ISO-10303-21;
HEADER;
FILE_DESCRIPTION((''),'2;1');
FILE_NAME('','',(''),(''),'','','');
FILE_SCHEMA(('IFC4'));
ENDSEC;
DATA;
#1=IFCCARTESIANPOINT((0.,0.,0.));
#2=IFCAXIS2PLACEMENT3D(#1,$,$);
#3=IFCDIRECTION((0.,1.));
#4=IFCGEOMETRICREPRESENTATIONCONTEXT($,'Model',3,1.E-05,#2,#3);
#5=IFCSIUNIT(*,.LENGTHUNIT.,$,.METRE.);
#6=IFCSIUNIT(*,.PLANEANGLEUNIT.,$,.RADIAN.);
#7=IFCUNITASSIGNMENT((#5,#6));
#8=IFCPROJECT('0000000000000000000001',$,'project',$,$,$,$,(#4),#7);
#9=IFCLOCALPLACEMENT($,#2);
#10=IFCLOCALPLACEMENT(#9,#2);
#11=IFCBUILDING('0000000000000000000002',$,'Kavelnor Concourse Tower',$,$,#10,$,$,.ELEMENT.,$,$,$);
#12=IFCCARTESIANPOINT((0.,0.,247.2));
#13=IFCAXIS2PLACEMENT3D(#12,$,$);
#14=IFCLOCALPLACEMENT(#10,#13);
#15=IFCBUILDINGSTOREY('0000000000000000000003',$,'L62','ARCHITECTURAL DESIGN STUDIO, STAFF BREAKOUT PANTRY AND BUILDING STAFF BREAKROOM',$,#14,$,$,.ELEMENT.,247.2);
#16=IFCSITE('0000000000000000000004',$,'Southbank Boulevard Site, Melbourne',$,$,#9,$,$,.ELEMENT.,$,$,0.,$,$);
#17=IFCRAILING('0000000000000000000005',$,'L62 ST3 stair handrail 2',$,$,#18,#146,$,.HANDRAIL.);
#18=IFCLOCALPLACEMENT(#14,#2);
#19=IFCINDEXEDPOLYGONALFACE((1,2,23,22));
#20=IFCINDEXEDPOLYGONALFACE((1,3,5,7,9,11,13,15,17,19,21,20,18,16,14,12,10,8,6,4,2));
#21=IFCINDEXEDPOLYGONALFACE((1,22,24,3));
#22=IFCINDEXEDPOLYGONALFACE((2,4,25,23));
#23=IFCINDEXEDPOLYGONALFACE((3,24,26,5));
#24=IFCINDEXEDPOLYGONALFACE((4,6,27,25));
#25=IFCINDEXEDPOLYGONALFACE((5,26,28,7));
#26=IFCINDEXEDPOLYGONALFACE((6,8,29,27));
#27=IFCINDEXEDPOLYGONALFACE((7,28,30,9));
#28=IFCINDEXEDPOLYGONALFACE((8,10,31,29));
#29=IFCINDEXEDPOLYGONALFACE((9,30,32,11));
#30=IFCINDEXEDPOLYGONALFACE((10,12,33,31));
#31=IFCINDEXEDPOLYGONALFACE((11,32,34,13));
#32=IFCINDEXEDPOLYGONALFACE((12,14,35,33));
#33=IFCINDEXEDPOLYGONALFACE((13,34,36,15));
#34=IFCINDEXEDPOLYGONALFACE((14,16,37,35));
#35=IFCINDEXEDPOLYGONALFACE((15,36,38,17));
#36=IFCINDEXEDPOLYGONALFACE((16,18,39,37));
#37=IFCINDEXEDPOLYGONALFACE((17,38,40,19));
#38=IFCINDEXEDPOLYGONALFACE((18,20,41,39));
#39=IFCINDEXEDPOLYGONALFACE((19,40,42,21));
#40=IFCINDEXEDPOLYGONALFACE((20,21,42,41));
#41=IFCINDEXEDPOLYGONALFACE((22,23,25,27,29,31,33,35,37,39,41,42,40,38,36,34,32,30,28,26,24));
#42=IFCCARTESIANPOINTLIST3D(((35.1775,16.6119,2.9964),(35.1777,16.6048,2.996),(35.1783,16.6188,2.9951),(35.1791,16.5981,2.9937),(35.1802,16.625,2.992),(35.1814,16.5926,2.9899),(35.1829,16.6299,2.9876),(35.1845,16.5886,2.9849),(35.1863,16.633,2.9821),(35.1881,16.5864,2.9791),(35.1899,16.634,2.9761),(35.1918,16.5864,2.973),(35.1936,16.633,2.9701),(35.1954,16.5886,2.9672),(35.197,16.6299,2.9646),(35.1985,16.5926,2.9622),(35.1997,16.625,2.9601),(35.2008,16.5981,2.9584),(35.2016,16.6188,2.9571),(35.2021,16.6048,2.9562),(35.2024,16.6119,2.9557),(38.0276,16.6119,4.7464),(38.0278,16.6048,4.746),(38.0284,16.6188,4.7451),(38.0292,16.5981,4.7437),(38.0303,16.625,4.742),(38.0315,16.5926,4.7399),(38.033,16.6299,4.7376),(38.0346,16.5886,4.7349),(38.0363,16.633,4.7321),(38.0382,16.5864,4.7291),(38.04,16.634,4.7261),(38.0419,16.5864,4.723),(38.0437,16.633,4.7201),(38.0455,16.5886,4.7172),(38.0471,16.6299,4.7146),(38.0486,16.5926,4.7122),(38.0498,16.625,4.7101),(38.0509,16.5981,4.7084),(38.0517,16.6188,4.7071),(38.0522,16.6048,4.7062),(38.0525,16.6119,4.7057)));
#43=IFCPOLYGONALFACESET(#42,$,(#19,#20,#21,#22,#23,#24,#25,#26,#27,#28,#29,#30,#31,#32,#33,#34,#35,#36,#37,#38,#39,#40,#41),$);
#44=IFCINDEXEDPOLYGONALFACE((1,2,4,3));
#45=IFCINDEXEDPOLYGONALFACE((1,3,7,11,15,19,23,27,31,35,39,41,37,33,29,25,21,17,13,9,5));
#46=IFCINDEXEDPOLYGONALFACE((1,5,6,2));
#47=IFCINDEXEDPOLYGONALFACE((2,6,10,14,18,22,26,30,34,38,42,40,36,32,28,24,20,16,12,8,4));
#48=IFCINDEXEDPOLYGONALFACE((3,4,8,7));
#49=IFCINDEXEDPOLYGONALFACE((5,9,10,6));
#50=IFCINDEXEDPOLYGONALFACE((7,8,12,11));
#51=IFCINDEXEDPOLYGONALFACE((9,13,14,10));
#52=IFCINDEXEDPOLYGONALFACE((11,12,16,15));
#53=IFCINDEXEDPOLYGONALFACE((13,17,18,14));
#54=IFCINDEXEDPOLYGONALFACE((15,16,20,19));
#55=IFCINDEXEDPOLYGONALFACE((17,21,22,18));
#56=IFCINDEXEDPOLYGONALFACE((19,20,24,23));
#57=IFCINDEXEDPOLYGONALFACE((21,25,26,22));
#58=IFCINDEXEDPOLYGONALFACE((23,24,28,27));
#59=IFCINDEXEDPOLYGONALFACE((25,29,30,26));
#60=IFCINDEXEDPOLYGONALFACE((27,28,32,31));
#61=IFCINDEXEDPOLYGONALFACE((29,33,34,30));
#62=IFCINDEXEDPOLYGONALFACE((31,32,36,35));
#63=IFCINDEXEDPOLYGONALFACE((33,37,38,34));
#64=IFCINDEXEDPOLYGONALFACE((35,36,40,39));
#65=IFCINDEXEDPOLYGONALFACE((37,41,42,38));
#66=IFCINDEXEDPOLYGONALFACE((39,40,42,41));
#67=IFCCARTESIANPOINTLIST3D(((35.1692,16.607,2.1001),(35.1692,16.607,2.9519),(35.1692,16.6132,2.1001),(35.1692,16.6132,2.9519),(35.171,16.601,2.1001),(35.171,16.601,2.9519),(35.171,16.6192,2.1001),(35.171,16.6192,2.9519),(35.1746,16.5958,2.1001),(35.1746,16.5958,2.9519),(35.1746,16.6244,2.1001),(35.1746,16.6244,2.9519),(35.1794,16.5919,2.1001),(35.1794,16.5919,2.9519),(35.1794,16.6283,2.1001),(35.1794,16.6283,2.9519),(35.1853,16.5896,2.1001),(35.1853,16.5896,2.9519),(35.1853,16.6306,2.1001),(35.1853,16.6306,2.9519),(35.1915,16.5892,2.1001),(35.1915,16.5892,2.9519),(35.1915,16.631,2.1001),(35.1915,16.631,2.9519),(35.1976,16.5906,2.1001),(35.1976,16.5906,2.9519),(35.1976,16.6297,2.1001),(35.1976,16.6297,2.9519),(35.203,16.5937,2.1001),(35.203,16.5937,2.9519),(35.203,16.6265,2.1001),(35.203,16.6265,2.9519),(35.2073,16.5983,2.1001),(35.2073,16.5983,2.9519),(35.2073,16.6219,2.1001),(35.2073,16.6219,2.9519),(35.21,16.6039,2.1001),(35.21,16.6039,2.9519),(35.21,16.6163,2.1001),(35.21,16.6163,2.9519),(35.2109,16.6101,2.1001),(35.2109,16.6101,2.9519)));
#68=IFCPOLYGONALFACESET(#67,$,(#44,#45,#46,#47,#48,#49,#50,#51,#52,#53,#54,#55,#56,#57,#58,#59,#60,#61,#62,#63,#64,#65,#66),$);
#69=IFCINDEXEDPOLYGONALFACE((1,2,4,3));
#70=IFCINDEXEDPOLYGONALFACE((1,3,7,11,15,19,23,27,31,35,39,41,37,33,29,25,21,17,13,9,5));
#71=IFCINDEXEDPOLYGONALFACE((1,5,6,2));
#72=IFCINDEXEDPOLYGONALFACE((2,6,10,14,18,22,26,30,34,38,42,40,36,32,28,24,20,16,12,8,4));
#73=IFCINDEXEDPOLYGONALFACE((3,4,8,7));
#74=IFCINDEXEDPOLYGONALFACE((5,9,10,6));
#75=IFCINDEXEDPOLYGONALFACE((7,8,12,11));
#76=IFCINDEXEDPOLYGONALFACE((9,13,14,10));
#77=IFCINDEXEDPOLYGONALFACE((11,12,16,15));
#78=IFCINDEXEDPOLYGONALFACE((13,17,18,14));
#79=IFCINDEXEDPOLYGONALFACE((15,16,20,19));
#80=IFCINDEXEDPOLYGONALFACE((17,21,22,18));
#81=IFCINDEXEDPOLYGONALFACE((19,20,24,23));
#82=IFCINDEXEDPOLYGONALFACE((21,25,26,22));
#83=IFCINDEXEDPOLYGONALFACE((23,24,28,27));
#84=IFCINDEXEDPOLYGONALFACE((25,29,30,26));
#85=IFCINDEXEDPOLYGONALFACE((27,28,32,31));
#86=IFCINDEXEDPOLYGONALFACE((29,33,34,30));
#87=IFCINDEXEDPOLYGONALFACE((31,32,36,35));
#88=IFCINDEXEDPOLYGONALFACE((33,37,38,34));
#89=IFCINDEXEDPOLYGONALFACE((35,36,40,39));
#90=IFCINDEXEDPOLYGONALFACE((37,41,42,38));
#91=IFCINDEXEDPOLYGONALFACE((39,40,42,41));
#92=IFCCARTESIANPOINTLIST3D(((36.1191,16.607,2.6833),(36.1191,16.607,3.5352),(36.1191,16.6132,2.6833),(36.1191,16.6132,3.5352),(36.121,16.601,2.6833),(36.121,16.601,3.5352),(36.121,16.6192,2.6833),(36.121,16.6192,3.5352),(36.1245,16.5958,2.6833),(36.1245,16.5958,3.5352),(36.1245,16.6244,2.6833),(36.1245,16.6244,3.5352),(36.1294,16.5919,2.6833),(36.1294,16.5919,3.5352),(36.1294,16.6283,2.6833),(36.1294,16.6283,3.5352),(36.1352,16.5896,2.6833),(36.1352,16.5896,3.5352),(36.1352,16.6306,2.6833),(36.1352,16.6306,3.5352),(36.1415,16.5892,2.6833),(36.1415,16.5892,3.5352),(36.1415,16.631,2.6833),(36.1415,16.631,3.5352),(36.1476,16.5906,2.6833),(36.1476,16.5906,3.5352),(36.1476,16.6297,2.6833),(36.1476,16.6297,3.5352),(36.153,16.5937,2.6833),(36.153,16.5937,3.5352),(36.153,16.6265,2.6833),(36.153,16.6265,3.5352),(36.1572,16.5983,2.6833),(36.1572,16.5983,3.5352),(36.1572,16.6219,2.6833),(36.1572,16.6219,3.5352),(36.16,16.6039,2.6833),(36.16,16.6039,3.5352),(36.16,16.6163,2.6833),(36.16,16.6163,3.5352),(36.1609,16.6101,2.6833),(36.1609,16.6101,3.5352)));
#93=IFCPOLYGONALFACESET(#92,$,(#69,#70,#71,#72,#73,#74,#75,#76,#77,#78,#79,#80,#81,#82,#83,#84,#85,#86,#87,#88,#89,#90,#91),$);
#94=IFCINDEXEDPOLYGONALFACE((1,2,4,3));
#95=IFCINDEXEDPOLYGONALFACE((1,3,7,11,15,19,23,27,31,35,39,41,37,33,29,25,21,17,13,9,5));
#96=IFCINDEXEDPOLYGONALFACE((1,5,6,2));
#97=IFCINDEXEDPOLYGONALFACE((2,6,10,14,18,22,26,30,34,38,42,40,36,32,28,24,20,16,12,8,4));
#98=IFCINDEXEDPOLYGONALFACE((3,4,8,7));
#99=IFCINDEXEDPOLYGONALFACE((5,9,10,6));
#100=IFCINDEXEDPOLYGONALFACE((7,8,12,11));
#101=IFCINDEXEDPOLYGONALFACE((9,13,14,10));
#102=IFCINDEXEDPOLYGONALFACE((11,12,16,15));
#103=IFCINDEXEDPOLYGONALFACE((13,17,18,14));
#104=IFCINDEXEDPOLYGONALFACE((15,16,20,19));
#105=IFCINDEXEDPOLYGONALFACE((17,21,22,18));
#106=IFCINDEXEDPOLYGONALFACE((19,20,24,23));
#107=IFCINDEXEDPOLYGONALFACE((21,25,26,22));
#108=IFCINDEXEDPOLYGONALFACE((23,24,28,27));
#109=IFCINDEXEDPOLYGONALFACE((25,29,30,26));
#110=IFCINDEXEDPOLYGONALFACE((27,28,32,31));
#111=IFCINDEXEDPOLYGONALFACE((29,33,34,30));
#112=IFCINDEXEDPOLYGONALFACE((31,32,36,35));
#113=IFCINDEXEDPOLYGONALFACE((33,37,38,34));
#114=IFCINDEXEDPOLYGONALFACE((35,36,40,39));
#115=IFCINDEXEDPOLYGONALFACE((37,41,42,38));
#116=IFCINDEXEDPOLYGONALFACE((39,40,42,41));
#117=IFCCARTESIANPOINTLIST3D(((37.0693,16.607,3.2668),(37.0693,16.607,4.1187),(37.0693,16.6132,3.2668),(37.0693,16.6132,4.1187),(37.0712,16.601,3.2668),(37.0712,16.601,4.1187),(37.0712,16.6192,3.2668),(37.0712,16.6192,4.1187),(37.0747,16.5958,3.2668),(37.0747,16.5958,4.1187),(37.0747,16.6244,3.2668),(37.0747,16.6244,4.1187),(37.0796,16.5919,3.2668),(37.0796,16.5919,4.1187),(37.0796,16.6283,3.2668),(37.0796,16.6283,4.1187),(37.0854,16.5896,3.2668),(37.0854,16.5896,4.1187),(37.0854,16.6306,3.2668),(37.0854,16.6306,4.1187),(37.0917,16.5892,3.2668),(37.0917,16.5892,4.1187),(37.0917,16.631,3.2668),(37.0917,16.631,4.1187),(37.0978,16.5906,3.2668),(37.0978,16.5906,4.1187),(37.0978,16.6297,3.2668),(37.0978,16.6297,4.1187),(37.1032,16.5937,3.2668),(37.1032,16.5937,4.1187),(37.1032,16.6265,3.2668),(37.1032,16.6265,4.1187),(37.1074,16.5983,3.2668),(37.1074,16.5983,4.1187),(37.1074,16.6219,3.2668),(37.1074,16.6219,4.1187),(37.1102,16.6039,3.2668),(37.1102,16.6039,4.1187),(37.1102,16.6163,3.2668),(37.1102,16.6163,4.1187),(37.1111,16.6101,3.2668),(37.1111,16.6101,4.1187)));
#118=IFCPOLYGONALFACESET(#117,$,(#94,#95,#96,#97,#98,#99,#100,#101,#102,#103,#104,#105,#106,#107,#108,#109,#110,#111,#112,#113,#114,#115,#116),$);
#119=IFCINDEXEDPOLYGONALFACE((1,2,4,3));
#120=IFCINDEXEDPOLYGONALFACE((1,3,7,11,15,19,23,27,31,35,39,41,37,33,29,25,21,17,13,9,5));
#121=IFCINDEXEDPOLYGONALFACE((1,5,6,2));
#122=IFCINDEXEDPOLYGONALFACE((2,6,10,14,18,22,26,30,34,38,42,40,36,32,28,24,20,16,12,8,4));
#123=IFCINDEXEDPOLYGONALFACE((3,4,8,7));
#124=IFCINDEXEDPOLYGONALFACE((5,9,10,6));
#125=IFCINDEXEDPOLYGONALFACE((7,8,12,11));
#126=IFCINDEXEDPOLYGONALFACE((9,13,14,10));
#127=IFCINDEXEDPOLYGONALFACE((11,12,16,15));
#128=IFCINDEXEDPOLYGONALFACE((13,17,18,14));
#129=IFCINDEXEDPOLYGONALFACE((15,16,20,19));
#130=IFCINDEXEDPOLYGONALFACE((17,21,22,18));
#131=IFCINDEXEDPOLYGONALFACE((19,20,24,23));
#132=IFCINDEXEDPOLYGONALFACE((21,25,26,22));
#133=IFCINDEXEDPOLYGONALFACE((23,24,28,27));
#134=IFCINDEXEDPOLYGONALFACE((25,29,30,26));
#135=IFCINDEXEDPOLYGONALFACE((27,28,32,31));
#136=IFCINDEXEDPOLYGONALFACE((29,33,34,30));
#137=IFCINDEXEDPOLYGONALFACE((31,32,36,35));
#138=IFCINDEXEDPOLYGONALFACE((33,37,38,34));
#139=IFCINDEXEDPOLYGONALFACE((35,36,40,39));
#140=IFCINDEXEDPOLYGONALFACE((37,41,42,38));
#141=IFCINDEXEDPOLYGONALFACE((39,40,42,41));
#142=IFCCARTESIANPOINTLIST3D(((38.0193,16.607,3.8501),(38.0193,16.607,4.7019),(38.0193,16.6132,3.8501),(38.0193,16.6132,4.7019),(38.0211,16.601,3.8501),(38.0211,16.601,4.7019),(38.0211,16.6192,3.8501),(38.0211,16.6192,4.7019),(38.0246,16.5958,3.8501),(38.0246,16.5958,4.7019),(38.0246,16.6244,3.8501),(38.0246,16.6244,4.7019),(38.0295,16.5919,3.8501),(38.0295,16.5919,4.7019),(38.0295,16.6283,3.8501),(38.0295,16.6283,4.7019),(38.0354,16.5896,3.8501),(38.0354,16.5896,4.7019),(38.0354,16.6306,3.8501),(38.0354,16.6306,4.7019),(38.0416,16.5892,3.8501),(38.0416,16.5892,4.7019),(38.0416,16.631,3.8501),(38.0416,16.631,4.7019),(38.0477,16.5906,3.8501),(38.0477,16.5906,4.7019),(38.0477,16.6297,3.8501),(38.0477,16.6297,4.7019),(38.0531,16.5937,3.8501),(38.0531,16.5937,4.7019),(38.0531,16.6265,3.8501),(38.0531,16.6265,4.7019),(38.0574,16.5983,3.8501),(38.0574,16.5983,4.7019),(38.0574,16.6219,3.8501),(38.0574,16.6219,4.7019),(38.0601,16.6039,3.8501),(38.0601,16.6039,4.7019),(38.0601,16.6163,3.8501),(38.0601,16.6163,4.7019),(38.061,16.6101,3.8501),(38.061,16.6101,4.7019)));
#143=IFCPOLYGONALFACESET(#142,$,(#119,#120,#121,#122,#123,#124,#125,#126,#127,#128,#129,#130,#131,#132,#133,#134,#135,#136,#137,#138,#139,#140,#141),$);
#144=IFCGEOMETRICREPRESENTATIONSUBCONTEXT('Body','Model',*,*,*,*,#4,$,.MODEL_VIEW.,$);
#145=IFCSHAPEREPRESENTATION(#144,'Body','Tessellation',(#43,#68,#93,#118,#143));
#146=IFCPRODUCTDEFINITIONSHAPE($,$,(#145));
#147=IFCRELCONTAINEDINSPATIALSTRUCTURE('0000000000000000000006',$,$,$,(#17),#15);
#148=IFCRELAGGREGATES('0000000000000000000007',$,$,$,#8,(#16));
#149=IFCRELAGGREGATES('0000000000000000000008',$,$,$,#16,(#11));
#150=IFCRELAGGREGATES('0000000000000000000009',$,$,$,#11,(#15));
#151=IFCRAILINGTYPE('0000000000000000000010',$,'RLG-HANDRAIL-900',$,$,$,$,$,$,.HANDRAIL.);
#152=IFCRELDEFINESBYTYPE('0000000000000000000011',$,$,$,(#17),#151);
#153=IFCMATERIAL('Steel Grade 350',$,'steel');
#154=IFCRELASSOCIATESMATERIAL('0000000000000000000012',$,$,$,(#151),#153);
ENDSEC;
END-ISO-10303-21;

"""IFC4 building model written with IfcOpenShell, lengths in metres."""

from ifc_helpers import new_model, si_unit, direction, frame, origin, origin_2d, place, context, subcontext, project, spatial, circle, extrude, material, type_object, element, save


model = new_model("IFC4")

# Units and contexts
model_context = context("Model", 3, precision=1e-05, world=origin(), true_north=direction((0.0, 1.0)))
body_context = subcontext(model_context, "Body", "Model", "MODEL_VIEW")
ifc_project = project(units=[si_unit("LENGTHUNIT", "METRE"), si_unit("PLANEANGLEUNIT", "RADIAN")], contexts=[model_context])

# Site, building, storey
site_placement = place(None, origin())
site = spatial("IfcSite", under=ifc_project, at=site_placement, Name="Southbank Boulevard Site, Melbourne", CompositionType="ELEMENT", RefElevation=0.0)
building_placement = place(site_placement, origin())
building = spatial("IfcBuilding", under=site, at=building_placement, Name="Kavelnor Concourse Tower", CompositionType="ELEMENT")
storey_placement = place(building_placement, frame((0.0, 0.0, 247.2)))
storey = spatial("IfcBuildingStorey", under=building, at=storey_placement, Name="L62", Description="ARCHITECTURAL DESIGN STUDIO, STAFF BREAKOUT PANTRY AND BUILDING STAFF BREAKROOM", CompositionType="ELEMENT", Elevation=247.2)

# Shared definitions
ifc_material_1 = material(Name="Steel Grade 350", Category="steel")

# Railing
railing_type_1 = type_object("IfcRailingType", Name="RLG-HANDRAIL-900", PredefinedType="HANDRAIL", material=ifc_material_1)
railing_1_placement = place(storey_placement, frame((35.1899, 16.6101, 2.1001)))
element("IfcRailing", 1, at=railing_1_placement, inside=storey, type_object=railing_type_1, Name="L62 ST3 stair handrail 2", PredefinedType="HANDRAIL", context=body_context, shape_type="SweptSolid", body=[
    extrude(circle(Radius=0.0239, at=origin_2d()), frame((0.0, 0.0, 0.876), z_axis=(0.852179, 0.0, 0.52325), x_axis=(0.0, 1.0, 0.0)), (0.0, 0.0, 1.0), 3.3445),
    extrude(circle(Radius=0.021, at=origin_2d()), origin(), (0.0, 0.0, 1.0), 0.8518),
    extrude(circle(Radius=0.021, at=origin_2d()), frame((0.95, 0.0, 0.5833)), (0.0, 0.0, 1.0), 0.8518),
    extrude(circle(Radius=0.021, at=origin_2d()), frame((1.9001, 0.0, 1.1667)), (0.0, 0.0, 1.0), 0.8518),
    extrude(circle(Radius=0.021, at=origin_2d()), frame((2.8501, 0.0, 1.75)), (0.0, 0.0, 1.0), 0.8518),
])

save(model, "model.ifc")
